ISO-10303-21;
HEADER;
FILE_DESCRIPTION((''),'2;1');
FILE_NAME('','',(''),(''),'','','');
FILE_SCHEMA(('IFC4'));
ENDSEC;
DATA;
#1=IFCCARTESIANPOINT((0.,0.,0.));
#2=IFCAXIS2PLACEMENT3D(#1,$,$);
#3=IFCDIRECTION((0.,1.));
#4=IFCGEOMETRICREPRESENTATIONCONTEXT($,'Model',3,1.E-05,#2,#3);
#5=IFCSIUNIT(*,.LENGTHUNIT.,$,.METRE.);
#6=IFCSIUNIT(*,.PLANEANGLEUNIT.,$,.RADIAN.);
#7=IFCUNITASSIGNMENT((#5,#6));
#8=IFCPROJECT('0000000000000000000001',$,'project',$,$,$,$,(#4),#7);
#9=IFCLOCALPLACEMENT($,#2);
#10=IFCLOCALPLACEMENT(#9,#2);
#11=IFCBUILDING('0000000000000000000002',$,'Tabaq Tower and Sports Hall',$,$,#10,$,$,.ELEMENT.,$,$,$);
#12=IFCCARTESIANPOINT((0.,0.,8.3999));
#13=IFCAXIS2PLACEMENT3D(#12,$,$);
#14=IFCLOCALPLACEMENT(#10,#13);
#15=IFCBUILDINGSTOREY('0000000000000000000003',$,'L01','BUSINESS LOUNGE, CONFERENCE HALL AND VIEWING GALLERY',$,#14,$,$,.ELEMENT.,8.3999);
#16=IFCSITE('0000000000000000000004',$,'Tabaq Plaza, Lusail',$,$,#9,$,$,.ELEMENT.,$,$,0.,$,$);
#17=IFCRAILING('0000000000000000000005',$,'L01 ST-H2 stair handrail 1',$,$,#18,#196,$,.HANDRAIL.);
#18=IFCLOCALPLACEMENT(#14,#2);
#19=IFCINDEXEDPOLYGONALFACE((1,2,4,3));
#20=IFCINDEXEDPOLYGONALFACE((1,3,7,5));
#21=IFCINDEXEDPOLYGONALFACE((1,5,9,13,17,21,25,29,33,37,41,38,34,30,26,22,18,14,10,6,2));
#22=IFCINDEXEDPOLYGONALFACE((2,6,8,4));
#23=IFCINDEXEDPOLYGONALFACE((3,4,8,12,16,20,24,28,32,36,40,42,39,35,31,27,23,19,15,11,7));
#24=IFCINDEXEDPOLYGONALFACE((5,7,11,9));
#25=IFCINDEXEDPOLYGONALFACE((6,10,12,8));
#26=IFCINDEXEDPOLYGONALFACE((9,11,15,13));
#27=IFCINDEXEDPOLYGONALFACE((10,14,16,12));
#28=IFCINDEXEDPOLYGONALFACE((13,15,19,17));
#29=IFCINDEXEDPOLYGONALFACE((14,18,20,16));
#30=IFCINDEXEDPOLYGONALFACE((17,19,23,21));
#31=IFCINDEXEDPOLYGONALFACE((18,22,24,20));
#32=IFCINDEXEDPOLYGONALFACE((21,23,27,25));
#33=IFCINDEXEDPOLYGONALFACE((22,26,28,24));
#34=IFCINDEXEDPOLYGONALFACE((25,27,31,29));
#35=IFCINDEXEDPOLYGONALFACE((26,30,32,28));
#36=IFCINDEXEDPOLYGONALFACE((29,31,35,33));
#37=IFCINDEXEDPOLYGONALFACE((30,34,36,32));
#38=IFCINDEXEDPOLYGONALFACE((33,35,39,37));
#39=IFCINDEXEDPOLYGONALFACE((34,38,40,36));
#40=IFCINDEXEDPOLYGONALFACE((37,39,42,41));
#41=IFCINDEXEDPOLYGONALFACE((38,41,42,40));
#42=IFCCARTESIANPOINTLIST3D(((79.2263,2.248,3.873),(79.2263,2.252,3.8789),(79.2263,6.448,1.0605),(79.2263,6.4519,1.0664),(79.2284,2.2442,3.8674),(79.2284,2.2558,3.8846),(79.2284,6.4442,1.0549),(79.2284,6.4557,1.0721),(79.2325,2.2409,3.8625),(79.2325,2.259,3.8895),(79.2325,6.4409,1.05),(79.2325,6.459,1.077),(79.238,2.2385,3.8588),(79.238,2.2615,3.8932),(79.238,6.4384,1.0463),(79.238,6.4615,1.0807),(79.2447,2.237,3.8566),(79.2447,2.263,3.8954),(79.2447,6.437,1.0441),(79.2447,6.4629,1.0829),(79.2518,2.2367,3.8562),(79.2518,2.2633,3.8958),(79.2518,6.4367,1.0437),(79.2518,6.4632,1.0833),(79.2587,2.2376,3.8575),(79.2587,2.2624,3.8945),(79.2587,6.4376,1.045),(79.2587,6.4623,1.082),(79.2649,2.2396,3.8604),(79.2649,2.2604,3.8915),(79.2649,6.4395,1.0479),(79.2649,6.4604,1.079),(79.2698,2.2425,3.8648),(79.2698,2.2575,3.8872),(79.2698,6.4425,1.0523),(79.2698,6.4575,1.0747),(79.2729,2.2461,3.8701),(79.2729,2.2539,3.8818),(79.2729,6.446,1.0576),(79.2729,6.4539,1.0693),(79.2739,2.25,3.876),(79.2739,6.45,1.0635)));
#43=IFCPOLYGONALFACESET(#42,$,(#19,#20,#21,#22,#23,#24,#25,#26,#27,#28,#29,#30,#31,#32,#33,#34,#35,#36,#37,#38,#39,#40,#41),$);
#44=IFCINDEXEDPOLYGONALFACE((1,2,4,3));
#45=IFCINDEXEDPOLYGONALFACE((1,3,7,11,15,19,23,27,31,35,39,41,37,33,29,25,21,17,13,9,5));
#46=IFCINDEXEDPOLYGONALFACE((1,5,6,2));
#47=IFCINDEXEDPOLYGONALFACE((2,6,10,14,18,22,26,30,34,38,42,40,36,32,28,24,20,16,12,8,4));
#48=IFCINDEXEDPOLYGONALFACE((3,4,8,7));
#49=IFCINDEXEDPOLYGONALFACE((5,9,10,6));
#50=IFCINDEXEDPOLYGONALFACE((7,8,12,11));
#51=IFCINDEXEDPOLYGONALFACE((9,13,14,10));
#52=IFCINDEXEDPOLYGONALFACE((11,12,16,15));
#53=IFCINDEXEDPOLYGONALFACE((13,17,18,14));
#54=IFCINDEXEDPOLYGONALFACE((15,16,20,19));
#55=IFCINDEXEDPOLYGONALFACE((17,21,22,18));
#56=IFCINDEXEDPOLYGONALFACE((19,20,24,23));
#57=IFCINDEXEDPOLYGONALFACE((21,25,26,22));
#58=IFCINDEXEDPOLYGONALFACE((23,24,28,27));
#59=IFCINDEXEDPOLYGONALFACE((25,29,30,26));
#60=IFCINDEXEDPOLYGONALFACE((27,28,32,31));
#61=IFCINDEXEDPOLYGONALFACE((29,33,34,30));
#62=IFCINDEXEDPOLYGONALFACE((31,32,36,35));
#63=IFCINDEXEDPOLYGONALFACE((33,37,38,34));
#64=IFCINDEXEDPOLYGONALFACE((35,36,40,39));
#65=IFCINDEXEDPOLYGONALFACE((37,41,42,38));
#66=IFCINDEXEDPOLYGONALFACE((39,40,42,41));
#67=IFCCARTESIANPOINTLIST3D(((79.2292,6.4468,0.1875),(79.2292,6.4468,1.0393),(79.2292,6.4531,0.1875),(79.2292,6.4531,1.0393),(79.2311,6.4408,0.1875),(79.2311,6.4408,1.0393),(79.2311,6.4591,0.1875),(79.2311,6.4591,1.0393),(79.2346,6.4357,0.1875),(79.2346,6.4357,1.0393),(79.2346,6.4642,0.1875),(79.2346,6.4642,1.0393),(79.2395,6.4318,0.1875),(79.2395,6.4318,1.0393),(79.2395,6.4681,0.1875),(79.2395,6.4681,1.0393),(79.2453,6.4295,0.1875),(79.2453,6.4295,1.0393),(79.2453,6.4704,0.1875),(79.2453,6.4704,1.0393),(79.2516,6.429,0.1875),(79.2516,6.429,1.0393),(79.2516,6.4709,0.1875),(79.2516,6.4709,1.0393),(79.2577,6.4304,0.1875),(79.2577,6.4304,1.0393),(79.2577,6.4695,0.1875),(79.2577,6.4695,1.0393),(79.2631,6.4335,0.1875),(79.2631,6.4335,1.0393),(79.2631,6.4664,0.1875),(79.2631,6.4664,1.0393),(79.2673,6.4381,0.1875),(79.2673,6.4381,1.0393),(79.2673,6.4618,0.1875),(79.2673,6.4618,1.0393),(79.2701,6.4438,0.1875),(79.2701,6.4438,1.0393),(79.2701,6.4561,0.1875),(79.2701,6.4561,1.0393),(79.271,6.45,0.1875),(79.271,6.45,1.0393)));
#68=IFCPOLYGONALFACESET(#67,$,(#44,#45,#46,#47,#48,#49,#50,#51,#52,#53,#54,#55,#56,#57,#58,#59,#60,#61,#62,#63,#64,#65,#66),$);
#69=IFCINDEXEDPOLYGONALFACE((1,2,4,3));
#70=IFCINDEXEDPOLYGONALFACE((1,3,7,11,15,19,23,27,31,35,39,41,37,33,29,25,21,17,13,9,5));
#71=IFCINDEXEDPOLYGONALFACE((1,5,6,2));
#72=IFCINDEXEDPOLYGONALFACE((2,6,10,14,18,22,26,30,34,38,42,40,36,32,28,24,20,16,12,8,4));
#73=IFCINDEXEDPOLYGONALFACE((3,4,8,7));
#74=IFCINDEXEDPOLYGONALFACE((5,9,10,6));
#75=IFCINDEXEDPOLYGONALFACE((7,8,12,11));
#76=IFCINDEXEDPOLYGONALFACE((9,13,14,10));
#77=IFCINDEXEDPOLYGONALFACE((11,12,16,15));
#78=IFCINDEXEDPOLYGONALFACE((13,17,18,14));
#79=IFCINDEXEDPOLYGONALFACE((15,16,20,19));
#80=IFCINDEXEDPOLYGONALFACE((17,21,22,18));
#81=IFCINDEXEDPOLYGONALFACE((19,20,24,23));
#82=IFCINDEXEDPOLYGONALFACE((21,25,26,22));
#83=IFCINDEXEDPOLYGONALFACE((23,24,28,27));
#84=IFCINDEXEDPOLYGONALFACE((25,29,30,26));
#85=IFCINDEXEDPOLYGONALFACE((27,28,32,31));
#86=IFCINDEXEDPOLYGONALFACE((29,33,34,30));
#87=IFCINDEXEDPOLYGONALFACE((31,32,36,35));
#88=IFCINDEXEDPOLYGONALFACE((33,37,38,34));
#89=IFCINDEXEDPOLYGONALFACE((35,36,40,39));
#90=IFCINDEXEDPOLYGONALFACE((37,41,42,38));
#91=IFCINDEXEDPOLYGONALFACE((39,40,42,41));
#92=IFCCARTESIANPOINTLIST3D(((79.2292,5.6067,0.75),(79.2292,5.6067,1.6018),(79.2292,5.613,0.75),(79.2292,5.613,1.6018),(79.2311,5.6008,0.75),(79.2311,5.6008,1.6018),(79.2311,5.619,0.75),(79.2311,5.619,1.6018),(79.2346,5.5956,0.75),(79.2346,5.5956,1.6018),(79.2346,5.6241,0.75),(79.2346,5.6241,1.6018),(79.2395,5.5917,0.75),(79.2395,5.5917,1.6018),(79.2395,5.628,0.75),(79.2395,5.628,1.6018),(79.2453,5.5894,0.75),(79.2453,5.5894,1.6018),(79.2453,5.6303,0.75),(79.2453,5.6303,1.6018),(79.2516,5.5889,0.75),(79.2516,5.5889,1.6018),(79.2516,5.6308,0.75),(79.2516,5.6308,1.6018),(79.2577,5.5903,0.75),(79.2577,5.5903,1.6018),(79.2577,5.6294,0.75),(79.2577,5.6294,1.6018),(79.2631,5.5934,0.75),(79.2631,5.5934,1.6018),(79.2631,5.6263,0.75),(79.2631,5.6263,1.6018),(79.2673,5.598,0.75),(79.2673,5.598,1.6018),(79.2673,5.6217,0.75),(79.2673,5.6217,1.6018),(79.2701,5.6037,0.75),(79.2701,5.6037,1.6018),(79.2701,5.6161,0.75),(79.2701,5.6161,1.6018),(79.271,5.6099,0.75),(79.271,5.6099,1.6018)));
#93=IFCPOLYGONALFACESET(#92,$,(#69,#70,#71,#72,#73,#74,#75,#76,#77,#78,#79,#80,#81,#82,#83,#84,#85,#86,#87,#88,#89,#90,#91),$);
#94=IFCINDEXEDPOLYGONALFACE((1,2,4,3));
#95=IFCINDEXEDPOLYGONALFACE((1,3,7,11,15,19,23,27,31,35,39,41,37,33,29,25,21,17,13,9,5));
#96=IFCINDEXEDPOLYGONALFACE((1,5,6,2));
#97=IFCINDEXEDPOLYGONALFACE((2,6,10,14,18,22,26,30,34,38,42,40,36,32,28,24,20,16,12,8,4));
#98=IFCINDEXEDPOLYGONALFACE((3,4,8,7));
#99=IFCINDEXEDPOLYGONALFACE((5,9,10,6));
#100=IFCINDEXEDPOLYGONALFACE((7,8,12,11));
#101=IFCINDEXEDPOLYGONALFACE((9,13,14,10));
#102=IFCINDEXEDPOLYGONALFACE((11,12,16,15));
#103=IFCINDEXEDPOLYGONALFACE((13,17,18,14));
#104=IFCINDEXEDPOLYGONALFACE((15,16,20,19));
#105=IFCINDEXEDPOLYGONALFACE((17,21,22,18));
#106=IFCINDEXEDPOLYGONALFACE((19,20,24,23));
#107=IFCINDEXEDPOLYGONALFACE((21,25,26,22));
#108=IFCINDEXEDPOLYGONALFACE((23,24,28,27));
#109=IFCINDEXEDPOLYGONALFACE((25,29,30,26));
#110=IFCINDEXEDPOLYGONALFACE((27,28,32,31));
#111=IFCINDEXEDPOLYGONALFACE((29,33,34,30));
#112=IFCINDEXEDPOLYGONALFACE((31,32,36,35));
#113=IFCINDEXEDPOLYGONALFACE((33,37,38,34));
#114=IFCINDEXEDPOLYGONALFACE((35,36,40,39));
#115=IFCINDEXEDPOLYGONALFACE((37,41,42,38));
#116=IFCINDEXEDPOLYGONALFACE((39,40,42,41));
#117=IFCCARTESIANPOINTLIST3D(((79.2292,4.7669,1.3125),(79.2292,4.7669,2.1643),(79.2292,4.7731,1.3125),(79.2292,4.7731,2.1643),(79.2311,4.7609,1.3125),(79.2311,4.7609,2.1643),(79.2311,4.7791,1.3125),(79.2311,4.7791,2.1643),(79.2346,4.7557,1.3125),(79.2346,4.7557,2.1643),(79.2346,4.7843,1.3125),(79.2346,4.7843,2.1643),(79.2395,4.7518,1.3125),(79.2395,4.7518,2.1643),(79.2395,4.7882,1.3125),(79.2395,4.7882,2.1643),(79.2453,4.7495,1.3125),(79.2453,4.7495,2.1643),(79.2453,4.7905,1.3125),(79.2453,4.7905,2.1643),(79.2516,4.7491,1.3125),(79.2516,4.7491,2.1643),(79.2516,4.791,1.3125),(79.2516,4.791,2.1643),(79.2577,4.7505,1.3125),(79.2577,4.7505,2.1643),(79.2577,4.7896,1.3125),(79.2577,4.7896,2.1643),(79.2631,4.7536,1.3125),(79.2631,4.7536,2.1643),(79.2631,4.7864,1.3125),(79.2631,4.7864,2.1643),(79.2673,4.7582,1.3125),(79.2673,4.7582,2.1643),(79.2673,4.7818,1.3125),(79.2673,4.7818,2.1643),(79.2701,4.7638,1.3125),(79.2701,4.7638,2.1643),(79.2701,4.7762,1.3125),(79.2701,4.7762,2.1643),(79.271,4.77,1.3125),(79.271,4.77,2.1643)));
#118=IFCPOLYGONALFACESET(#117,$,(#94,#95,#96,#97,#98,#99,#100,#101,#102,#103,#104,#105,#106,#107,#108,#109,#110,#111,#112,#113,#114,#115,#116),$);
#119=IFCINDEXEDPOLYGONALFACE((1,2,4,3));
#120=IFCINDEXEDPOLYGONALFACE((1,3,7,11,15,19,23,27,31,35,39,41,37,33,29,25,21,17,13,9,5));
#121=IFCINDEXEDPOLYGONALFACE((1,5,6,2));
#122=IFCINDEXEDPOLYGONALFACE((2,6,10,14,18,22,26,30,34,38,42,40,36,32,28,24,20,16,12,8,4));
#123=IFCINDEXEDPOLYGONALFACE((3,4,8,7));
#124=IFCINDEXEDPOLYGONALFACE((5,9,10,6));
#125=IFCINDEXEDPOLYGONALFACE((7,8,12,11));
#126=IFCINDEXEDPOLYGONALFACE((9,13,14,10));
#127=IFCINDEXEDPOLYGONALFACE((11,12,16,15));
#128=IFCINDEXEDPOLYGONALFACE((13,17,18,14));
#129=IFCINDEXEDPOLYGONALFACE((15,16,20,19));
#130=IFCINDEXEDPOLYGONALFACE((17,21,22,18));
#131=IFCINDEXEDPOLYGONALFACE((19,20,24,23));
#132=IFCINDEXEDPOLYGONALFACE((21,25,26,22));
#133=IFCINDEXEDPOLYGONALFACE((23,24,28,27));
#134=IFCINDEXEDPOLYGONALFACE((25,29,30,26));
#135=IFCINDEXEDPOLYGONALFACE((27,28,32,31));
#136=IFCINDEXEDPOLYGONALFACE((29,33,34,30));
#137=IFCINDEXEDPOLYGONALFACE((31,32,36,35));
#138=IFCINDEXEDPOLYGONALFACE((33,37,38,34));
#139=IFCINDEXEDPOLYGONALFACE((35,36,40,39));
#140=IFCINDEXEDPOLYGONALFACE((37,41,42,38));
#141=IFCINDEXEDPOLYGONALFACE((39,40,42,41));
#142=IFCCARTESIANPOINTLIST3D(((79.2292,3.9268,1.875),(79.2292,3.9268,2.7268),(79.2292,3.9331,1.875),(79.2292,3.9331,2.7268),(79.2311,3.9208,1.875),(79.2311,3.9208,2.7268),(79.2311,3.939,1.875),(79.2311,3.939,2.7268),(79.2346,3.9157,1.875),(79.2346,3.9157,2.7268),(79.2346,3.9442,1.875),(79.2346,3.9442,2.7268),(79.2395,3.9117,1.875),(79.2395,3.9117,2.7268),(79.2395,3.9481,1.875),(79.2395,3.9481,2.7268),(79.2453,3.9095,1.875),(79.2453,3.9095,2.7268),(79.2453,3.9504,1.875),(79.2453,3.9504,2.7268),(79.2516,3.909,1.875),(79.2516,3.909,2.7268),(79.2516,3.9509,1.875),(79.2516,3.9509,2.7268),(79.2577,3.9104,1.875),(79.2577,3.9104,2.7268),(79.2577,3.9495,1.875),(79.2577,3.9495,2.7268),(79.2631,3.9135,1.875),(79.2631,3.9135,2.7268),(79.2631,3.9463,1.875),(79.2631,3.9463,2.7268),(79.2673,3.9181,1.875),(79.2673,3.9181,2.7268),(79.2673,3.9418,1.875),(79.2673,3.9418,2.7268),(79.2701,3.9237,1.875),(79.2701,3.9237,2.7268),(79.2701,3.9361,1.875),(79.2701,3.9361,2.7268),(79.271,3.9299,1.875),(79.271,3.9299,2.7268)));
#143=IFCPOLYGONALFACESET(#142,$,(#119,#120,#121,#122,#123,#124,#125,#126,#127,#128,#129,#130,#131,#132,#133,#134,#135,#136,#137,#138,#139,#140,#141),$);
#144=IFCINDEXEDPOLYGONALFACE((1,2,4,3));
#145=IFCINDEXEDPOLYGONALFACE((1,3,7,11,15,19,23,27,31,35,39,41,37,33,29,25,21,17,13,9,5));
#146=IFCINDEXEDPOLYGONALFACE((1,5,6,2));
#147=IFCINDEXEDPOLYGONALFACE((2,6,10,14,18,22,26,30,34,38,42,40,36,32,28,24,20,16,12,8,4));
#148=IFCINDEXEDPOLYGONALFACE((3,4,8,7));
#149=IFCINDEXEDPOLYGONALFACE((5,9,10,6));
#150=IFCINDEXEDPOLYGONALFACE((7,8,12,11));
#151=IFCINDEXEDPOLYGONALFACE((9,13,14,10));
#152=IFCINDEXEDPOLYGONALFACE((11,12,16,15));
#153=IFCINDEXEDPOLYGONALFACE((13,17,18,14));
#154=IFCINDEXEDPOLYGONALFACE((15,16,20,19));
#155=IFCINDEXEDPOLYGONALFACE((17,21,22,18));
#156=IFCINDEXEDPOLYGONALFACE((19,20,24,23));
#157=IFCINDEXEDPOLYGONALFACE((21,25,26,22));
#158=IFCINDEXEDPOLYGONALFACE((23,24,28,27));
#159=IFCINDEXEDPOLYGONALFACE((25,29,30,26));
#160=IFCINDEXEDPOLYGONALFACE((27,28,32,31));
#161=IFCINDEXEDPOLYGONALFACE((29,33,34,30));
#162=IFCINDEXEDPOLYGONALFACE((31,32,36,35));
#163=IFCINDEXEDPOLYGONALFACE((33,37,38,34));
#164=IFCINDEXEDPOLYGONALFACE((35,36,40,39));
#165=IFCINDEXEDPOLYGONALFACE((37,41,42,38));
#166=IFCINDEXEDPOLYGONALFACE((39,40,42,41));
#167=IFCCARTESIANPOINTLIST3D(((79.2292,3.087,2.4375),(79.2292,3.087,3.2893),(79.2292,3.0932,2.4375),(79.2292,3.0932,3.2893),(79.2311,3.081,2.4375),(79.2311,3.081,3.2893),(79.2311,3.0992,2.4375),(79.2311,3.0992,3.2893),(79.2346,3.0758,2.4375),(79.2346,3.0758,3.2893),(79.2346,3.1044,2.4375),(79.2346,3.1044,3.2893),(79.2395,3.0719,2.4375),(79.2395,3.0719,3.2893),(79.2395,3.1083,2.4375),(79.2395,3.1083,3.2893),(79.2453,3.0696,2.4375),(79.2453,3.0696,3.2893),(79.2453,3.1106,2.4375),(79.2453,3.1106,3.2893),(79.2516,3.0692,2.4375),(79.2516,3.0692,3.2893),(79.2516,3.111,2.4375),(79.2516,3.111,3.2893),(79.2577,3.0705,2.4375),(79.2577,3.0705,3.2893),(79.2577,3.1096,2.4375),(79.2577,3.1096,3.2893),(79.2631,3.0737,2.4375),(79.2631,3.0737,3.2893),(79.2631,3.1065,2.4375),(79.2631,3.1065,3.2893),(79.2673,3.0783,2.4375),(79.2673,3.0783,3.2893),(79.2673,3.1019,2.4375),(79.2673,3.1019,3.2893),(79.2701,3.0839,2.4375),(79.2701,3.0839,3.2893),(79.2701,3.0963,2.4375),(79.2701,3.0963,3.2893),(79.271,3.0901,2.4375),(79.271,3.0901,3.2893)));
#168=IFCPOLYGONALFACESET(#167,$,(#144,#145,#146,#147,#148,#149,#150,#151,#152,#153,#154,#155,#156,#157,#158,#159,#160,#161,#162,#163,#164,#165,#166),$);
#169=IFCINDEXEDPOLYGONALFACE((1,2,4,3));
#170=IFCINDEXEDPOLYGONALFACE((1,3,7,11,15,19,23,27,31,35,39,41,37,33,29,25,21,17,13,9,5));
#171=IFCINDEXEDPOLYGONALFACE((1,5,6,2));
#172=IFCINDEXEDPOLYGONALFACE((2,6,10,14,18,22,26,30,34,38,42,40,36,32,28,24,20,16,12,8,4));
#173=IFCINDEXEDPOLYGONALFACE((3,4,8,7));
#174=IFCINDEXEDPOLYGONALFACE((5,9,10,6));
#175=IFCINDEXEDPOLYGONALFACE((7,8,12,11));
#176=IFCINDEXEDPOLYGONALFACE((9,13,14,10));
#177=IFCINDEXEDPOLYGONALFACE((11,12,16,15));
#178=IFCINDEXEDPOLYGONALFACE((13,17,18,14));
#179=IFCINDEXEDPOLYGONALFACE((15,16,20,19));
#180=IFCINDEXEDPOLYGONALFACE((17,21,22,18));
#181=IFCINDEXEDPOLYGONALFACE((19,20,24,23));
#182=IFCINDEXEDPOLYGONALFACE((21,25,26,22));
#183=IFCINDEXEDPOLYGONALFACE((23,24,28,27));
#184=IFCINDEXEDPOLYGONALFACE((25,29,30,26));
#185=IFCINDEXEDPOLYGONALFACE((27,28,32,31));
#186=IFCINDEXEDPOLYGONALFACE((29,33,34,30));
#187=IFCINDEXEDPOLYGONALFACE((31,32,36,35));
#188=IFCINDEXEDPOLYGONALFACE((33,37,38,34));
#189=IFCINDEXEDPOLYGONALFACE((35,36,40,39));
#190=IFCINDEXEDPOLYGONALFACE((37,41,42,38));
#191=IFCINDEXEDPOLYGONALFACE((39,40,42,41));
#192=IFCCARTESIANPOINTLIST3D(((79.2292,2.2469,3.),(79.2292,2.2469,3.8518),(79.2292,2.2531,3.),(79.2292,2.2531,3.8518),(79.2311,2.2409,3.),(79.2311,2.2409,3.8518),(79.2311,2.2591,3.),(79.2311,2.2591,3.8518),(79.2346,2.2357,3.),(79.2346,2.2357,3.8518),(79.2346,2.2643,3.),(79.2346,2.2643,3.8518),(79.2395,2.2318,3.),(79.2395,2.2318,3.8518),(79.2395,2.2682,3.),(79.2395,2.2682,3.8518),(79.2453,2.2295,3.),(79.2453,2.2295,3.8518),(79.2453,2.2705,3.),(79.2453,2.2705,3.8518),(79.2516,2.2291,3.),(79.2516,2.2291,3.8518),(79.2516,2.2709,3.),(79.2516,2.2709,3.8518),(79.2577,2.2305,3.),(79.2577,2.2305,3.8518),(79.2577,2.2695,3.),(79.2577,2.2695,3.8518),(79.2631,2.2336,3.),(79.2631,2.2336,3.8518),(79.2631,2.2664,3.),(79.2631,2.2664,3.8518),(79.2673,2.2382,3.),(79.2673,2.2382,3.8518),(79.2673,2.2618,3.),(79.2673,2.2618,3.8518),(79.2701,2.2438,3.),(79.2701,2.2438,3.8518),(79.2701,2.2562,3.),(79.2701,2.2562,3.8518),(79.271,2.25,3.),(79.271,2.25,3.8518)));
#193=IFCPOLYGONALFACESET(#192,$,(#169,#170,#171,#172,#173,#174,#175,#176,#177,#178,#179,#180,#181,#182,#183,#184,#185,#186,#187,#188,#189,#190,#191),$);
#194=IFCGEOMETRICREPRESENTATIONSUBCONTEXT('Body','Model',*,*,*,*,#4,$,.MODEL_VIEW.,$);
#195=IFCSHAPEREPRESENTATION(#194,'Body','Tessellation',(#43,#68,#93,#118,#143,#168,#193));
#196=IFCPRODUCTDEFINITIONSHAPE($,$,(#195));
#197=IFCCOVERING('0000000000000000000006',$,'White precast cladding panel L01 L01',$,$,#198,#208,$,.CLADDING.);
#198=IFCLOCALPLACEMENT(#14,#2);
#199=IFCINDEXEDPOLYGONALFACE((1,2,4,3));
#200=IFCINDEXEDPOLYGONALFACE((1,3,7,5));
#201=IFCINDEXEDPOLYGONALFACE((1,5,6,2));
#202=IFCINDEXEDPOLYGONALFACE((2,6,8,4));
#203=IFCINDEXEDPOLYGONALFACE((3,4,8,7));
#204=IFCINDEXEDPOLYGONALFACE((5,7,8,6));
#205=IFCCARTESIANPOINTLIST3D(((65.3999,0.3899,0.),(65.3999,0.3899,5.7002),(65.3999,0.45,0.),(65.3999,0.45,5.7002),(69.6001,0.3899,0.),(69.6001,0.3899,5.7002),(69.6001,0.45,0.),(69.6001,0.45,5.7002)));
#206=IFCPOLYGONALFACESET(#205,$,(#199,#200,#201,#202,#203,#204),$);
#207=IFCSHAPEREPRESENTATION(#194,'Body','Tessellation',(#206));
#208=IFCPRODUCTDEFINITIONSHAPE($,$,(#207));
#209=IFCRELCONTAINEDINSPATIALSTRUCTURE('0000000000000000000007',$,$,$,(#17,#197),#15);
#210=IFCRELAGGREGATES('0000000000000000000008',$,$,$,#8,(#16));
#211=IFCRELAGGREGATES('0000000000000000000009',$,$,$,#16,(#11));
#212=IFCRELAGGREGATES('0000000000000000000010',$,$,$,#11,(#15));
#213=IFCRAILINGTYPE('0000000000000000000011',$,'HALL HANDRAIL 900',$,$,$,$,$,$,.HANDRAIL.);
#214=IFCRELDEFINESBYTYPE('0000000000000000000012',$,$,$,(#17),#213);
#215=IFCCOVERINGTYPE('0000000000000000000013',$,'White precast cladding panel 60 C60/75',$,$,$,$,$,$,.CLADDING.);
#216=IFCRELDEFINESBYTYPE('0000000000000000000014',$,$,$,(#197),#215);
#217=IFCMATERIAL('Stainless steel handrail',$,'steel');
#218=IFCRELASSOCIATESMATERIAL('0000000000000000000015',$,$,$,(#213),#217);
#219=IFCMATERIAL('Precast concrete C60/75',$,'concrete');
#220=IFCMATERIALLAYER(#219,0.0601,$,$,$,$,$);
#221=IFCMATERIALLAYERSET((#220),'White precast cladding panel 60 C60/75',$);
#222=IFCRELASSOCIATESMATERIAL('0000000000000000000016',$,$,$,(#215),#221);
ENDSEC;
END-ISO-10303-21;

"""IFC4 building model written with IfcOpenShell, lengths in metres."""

from ifc_helpers import new_model, si_unit, direction, frame, frame_2d, origin, origin_2d, place, context, subcontext, project, spatial, rectangle, circle, extrude, material, layer, layer_set, type_object, element, save


model = new_model("IFC4")

# Units and contexts
model_context = context("Model", 3, precision=1e-05, world=origin(), true_north=direction((0.0, 1.0)))
body_context = subcontext(model_context, "Body", "Model", "MODEL_VIEW")
ifc_project = project(units=[si_unit("LENGTHUNIT", "METRE"), si_unit("PLANEANGLEUNIT", "RADIAN")], contexts=[model_context])

# Site, building, storey
site_placement = place(None, origin())
site = spatial("IfcSite", under=ifc_project, at=site_placement, Name="Tabaq Plaza, Lusail", CompositionType="ELEMENT", RefElevation=0.0)
building_placement = place(site_placement, origin())
building = spatial("IfcBuilding", under=site, at=building_placement, Name="Tabaq Tower and Sports Hall", CompositionType="ELEMENT")
storey_placement = place(building_placement, frame((0.0, 0.0, 8.3999)))
storey = spatial("IfcBuildingStorey", under=building, at=storey_placement, Name="L01", Description="BUSINESS LOUNGE, CONFERENCE HALL AND VIEWING GALLERY", CompositionType="ELEMENT", Elevation=8.3999)

# Railing
ifc_material_1 = material(Name="Stainless steel handrail", Category="steel")
railing_type_1 = type_object("IfcRailingType", Name="HALL HANDRAIL 900", PredefinedType="HANDRAIL", material=ifc_material_1)
railing_1_placement = place(storey_placement, frame((79.25, 6.45, 0.1875)))
element("IfcRailing", 1, at=railing_1_placement, inside=storey, type_object=railing_type_1, Name="L01 ST-H2 stair handrail 1", PredefinedType="HANDRAIL", context=body_context, shape_type="SweptSolid", body=[
    extrude(circle(Radius=0.0239, at=origin_2d()), frame((0.0, 0.0, 0.876), z_axis=(0.0, -0.830904, 0.556416), x_axis=(1.0, 0.0, 0.0)), (0.0, 0.0, 1.0), 5.0547),
    extrude(circle(Radius=0.021, at=origin_2d()), origin(), (0.0, 0.0, 1.0), 0.8518),
    extrude(circle(Radius=0.021, at=origin_2d()), frame((0.0, -0.8401, 0.5625)), (0.0, 0.0, 1.0), 0.8518),
    extrude(circle(Radius=0.021, at=origin_2d()), frame((0.0, -1.6799, 1.125)), (0.0, 0.0, 1.0), 0.8518),
    extrude(circle(Radius=0.021, at=origin_2d()), frame((0.0, -2.52, 1.6875)), (0.0, 0.0, 1.0), 0.8518),
    extrude(circle(Radius=0.021, at=origin_2d()), frame((0.0, -3.3599, 2.25)), (0.0, 0.0, 1.0), 0.8518),
    extrude(circle(Radius=0.021, at=origin_2d()), frame((0.0, -4.2, 2.8125)), (0.0, 0.0, 1.0), 0.8518),
])

# Covering
ifc_material_2 = material(Name="Precast concrete C60/75", Category="concrete")
ifc_layer_1 = layer(ifc_material_2, 0.0601)
ifc_layer_set_1 = layer_set([ifc_layer_1], Name="White precast cladding panel 60 C60/75")
covering_type = type_object("IfcCoveringType", Name="White precast cladding panel 60 C60/75", PredefinedType="CLADDING", material=ifc_layer_set_1)
covering_1_placement = place(storey_placement, frame((65.3999, 0.4199, 0.0), z_axis=(0.0, 0.0, 1.0), x_axis=(1.0, 0.0, 0.0)))
element("IfcCovering", 2, at=covering_1_placement, inside=storey, type_object=covering_type, Name="White precast cladding panel L01 L01", PredefinedType="CLADDING", context=body_context, shape_type="SweptSolid", body=[
    extrude(rectangle(XDim=4.2002, YDim=0.0601, at=frame_2d((2.1001, 0.0))), origin(), (0.0, 0.0, 1.0), 5.7002),
])

save(model, "model.ifc")
